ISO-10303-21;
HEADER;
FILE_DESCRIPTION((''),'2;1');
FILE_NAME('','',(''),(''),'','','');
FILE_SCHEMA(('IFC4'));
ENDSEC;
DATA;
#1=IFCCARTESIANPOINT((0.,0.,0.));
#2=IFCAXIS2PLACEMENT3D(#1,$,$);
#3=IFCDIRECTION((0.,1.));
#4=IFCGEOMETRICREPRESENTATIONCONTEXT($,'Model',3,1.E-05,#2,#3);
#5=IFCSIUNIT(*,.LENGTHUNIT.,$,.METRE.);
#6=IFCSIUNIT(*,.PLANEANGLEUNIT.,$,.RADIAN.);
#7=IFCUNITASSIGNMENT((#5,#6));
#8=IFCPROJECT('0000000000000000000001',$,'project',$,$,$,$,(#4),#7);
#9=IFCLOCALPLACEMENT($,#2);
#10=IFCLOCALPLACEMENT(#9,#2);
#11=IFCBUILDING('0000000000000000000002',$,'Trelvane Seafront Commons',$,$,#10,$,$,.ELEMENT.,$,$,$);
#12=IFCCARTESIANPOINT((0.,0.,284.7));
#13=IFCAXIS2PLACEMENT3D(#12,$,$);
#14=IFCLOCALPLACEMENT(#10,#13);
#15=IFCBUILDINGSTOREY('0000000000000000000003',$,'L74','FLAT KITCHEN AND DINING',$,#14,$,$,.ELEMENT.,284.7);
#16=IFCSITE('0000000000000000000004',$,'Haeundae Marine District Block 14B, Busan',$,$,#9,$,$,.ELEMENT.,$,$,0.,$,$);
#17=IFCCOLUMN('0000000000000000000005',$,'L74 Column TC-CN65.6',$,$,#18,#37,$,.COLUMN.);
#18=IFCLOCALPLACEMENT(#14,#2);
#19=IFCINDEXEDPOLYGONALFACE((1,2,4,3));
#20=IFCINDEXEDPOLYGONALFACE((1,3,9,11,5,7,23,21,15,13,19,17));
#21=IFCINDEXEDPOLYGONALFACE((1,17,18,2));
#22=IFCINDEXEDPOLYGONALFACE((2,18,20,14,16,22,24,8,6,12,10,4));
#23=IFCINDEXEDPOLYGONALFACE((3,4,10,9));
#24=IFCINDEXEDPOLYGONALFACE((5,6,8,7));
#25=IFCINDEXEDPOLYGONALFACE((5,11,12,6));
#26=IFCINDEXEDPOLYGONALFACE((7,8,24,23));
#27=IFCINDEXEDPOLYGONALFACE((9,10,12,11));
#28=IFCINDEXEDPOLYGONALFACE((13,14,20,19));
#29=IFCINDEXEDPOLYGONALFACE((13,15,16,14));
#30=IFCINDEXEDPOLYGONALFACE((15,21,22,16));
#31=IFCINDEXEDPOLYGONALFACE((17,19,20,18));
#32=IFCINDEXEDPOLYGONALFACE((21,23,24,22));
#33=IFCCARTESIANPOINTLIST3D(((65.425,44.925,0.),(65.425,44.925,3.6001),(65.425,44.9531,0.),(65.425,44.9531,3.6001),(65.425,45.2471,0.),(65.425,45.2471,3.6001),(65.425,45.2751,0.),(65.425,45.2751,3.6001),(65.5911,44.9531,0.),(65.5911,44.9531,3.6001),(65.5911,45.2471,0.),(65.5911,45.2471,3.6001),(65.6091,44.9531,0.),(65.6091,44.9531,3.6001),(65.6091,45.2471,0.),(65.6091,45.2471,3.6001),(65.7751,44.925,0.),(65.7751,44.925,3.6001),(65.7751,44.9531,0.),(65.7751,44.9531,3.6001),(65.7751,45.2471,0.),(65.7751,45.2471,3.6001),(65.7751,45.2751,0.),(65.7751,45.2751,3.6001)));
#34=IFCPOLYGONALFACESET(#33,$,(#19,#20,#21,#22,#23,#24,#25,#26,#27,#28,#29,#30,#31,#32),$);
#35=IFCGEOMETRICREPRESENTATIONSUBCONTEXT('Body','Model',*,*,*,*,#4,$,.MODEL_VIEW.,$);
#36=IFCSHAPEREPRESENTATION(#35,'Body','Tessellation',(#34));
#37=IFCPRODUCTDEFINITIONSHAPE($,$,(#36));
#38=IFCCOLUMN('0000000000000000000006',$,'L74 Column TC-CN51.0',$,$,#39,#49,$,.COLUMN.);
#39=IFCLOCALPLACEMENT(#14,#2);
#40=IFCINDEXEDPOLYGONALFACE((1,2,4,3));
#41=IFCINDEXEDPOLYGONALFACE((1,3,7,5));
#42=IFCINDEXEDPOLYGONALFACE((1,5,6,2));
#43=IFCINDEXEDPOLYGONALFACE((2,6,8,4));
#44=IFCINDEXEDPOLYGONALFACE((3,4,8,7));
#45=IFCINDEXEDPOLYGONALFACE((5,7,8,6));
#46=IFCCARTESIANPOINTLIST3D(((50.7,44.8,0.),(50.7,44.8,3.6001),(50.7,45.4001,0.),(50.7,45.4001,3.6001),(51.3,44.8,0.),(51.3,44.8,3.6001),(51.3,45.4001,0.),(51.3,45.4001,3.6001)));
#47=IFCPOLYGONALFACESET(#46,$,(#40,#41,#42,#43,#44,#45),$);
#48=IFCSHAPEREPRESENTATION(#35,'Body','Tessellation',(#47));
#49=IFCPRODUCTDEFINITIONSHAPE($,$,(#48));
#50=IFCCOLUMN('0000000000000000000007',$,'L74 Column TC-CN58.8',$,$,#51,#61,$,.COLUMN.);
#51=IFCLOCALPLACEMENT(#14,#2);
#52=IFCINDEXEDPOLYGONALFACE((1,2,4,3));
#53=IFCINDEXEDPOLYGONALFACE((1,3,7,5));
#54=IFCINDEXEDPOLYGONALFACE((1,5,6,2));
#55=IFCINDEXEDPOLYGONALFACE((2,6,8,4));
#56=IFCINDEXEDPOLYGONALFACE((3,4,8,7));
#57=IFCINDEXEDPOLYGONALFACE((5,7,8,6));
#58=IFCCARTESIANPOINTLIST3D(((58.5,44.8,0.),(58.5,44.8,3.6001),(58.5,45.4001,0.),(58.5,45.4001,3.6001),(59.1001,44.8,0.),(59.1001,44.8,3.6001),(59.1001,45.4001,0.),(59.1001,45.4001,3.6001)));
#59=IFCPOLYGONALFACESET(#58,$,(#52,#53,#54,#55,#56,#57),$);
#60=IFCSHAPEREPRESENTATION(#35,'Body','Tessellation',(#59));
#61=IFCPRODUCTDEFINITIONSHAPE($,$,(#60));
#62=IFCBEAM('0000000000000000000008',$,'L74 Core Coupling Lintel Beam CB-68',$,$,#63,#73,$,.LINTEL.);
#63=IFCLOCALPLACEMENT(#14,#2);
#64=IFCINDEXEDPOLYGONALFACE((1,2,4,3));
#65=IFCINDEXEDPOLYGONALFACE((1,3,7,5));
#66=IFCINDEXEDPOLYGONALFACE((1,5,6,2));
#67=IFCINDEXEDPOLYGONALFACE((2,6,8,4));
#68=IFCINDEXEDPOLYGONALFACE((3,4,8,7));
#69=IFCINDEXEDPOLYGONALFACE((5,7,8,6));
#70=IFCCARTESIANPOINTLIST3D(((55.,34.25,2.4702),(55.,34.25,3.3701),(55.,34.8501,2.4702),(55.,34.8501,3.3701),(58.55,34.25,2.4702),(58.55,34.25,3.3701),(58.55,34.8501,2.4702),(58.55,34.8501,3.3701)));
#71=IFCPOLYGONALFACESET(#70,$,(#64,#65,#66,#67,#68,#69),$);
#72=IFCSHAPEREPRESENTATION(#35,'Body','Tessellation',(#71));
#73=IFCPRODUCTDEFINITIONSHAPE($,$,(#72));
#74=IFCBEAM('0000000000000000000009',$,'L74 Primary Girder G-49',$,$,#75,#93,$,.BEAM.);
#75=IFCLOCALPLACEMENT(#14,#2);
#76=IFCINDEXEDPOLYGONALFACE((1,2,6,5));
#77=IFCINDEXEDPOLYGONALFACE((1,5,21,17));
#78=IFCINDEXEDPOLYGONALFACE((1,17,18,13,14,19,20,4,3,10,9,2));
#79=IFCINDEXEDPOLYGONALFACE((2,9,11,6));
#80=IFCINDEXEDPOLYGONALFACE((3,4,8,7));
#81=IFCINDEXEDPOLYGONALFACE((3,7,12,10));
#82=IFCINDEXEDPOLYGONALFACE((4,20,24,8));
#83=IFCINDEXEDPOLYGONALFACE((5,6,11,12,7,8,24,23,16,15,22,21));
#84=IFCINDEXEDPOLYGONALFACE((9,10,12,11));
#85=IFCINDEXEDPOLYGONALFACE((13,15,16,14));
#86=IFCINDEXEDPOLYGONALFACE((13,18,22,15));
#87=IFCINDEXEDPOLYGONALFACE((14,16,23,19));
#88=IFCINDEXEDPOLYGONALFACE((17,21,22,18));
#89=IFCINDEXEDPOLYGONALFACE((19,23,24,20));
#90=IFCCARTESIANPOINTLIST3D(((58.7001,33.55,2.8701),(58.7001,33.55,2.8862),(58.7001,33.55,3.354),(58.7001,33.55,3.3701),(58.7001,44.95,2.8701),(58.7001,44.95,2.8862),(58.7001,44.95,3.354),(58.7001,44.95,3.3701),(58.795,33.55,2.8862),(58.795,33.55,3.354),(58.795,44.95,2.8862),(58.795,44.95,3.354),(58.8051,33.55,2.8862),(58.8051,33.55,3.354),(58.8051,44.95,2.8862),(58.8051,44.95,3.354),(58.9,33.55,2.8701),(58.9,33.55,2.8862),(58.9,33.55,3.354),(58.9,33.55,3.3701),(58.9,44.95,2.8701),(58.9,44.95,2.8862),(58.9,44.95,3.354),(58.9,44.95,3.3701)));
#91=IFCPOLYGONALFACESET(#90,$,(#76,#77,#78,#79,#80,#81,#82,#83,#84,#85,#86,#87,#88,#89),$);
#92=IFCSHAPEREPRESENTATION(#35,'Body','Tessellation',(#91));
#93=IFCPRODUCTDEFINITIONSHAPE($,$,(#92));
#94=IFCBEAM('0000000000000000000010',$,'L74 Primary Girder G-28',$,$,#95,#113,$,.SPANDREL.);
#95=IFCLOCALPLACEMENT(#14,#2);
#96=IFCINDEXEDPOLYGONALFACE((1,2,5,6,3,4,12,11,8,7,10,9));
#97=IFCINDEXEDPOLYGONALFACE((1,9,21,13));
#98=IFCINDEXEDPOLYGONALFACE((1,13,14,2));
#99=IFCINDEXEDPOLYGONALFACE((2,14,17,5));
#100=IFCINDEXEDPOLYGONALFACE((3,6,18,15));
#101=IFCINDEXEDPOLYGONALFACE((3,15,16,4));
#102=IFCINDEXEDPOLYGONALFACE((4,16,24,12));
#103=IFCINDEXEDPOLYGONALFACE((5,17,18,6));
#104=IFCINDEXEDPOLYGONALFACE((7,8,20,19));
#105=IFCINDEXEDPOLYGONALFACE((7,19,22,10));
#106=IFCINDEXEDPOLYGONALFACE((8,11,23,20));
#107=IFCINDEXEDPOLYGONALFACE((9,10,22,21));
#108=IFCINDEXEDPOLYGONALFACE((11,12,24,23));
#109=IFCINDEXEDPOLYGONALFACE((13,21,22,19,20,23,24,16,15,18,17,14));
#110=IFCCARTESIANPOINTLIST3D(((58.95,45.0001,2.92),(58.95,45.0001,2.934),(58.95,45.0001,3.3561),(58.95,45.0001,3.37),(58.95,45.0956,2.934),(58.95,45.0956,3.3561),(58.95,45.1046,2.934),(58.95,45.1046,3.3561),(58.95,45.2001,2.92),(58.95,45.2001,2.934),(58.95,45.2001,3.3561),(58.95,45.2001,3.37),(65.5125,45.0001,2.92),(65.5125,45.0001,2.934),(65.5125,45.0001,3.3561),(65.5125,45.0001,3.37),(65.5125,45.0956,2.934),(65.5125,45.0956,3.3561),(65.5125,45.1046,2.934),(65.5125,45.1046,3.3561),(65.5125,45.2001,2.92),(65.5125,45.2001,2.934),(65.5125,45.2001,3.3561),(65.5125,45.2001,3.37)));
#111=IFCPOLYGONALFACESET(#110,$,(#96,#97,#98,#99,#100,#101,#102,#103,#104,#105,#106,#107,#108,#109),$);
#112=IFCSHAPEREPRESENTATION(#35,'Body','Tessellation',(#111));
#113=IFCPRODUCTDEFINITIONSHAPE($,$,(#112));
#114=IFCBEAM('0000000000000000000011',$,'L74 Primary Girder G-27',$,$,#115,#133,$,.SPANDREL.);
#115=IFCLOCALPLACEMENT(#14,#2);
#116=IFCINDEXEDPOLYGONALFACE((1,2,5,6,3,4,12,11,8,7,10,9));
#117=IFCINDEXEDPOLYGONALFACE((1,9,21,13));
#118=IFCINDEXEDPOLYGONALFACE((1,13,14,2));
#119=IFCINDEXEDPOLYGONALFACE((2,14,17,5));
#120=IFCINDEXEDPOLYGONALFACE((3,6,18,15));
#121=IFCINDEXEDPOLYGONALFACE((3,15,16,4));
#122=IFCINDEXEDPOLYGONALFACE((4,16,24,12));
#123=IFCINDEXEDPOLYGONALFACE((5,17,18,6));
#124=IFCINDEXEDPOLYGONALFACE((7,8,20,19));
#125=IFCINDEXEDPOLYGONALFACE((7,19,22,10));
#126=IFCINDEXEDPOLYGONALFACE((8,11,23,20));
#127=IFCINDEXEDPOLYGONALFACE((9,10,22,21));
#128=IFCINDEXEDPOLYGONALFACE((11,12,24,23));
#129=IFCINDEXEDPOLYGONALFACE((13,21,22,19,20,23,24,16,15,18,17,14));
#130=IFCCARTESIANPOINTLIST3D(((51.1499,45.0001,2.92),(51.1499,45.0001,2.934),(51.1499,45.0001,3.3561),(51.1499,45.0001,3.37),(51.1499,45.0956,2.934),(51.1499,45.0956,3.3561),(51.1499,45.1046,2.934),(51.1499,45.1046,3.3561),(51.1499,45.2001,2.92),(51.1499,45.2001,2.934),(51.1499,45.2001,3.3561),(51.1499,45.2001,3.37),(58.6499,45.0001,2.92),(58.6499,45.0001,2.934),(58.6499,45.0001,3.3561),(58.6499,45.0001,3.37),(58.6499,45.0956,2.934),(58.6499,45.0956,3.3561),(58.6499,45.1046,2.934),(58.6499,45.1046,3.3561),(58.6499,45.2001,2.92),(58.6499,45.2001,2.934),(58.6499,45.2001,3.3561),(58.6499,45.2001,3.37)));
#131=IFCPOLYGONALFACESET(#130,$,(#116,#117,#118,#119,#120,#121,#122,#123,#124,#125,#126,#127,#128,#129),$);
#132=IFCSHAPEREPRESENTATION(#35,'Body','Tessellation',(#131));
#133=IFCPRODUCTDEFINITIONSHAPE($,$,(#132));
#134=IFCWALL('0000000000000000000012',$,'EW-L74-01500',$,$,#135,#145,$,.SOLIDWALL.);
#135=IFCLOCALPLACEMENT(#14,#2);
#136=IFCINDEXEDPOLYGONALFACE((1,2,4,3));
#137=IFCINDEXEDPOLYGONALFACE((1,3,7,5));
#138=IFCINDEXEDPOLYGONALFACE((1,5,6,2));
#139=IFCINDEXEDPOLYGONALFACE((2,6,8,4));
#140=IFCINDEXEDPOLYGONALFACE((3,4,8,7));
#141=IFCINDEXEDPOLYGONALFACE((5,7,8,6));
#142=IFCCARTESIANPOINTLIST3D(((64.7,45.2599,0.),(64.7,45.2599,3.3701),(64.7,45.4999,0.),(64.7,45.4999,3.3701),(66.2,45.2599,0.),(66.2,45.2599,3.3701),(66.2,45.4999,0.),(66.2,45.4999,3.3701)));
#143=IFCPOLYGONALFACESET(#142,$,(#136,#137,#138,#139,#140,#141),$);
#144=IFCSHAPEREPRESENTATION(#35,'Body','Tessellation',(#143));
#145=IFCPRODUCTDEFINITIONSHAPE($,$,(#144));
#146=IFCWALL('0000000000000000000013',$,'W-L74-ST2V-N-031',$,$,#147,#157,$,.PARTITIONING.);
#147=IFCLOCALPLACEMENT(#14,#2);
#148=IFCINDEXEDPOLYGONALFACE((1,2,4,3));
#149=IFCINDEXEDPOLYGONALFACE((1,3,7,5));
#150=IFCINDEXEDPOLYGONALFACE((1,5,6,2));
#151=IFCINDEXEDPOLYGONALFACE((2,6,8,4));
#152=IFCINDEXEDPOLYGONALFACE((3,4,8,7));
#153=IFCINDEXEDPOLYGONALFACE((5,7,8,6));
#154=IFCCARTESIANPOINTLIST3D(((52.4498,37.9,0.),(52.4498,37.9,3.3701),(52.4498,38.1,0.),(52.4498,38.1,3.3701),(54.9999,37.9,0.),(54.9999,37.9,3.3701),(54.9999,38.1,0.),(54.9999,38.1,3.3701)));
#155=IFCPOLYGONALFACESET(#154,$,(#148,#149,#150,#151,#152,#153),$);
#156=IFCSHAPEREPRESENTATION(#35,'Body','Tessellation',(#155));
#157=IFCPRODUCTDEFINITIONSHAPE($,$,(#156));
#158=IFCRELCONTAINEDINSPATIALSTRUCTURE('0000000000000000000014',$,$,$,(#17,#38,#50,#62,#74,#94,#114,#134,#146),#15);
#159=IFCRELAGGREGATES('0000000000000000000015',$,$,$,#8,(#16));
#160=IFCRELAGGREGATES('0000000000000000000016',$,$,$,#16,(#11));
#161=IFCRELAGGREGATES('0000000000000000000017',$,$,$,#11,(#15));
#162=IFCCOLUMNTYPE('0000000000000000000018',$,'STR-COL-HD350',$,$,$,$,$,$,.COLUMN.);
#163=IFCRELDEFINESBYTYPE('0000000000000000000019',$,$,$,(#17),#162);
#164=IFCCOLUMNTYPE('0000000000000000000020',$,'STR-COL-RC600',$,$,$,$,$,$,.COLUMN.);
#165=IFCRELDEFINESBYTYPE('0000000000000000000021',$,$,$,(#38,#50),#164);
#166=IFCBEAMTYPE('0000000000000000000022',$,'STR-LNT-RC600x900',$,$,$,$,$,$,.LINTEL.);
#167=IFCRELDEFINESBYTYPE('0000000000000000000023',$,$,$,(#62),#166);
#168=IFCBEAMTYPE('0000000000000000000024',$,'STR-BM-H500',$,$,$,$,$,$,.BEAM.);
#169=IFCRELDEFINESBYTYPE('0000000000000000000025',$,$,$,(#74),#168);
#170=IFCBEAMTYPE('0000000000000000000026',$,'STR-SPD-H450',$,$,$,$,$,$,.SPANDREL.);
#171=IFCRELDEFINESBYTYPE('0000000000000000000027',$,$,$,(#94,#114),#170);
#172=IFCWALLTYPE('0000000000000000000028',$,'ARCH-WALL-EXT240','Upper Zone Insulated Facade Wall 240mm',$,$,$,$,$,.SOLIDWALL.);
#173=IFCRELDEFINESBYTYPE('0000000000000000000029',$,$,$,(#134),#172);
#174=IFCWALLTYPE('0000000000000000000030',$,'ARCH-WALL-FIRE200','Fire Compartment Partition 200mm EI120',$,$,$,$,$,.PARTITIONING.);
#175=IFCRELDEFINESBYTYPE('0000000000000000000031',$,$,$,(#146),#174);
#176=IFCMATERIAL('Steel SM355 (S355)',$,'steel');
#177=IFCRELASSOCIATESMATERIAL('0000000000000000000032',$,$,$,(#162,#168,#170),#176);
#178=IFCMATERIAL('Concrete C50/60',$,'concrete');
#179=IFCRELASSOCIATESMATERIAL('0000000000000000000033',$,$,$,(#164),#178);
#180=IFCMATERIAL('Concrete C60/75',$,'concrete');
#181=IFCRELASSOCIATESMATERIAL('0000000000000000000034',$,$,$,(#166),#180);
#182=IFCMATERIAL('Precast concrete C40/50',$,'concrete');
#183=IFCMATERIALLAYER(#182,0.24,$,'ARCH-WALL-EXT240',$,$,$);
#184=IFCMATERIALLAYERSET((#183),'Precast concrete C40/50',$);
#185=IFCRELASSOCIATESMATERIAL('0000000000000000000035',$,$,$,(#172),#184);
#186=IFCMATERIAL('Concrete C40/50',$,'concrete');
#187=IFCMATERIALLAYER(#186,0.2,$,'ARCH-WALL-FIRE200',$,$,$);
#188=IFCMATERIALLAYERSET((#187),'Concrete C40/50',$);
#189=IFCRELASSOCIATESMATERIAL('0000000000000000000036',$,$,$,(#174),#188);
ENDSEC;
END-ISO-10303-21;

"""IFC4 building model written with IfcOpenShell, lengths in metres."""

from ifc_helpers import new_model, si_unit, direction, frame, frame_2d, origin, origin_2d, place, context, subcontext, project, spatial, rectangle, i_section, extrude, source, transform, mapped, material, layer, layer_set, material_profile, profile_set, type_object, element, save


model = new_model("IFC4")

# Units and contexts
model_context = context("Model", 3, precision=1e-05, world=origin(), true_north=direction((0.0, 1.0)))
body_context = subcontext(model_context, "Body", "Model", "MODEL_VIEW")
ifc_project = project(units=[si_unit("LENGTHUNIT", "METRE"), si_unit("PLANEANGLEUNIT", "RADIAN")], contexts=[model_context])

# Site, building, storey
site_placement = place(None, origin())
site = spatial("IfcSite", under=ifc_project, at=site_placement, Name="Haeundae Marine District Block 14B, Busan", CompositionType="ELEMENT", RefElevation=0.0)
building_placement = place(site_placement, origin())
building = spatial("IfcBuilding", under=site, at=building_placement, Name="Trelvane Seafront Commons", CompositionType="ELEMENT")
storey_placement = place(building_placement, frame((0.0, 0.0, 284.7)))
storey = spatial("IfcBuildingStorey", under=building, at=storey_placement, Name="L74", Description="FLAT KITCHEN AND DINING", CompositionType="ELEMENT", Elevation=284.7)

# Columns
ifc_material_1 = material(Name="Steel SM355 (S355)", Category="steel")
ifc_material_profile_1 = material_profile(ifc_material_1, i_section(OverallWidth=0.3501, OverallDepth=0.3501, WebThickness=0.0181, FlangeThickness=0.0281, at=origin_2d()), Name="HD-350x350x18x28")
ifc_profile_set_1 = profile_set([ifc_material_profile_1], Name="Steel SM355 (S355)")
column_type_1 = type_object("IfcColumnType", Name="STR-COL-HD350", PredefinedType="COLUMN", material=ifc_profile_set_1)
shared_shape_1 = source(origin(), body_context, "Body", "SweptSolid", [
    extrude(i_section(OverallWidth=0.3501, OverallDepth=0.3501, WebThickness=0.0181, FlangeThickness=0.0281, at=origin_2d()), origin(), (0.0, 0.0, 1.0), 3.6001),
])
column_placement = place(storey_placement, frame((65.6001, 45.1001, 0.0), z_axis=(0.0, 0.0, 1.0), x_axis=(1.0, 0.0, 0.0)))
element("IfcColumn", 1, at=column_placement, inside=storey, type_object=column_type_1, Name="L74 Column TC-CN65.6", PredefinedType="COLUMN", context=body_context, shape_type="MappedRepresentation", body=[
    mapped(shared_shape_1, transform((0.0, 0.0, 0.0), x_axis=(1.0, 0.0, 0.0), y_axis=(0.0, 1.0, 0.0), z_axis=(0.0, 0.0, 1.0), scale=1.0)),
])
ifc_material_2 = material(Name="Concrete C50/60", Category="concrete")
ifc_material_profile_2 = material_profile(ifc_material_2, rectangle(XDim=0.6001, YDim=0.6001, at=origin_2d()), Name="RC-600x600")
ifc_profile_set_2 = profile_set([ifc_material_profile_2], Name="Concrete C50/60")
column_type_2 = type_object("IfcColumnType", Name="STR-COL-RC600", PredefinedType="COLUMN", material=ifc_profile_set_2)
shared_shape_2 = source(origin(), body_context, "Body", "SweptSolid", [
    extrude(rectangle(XDim=0.6001, YDim=0.6001, at=origin_2d()), origin(), (0.0, 0.0, 1.0), 3.6001),
])
for number, where, z_axis, x_axis, name in (
    (2, (51.0, 45.1001, 0.0), (0.0, 0.0, 1.0), (1.0, 0.0, 0.0), "L74 Column TC-CN51.0"),
    (3, (58.8, 45.1001, 0.0), (0.0, 0.0, 1.0), (1.0, 0.0, 0.0), "L74 Column TC-CN58.8"),
):
    element("IfcColumn", number, at=place(storey_placement, frame(where, z_axis=z_axis, x_axis=x_axis)), inside=storey, type_object=column_type_2, Name=name, PredefinedType="COLUMN", context=body_context, shape_type="MappedRepresentation", body=[
        mapped(shared_shape_2, transform((0.0, 0.0, 0.0), x_axis=(1.0, 0.0, 0.0), y_axis=(0.0, 1.0, 0.0), z_axis=(0.0, 0.0, 1.0), scale=1.0)),
    ])

# Beams
ifc_material_3 = material(Name="Concrete C60/75", Category="concrete")
ifc_material_profile_3 = material_profile(ifc_material_3, rectangle(XDim=0.6001, YDim=0.8999, at=origin_2d()), Name="RC-600x900")
ifc_profile_set_3 = profile_set([ifc_material_profile_3], Name="Concrete C60/75")
beam_type_1 = type_object("IfcBeamType", Name="STR-LNT-RC600x900", PredefinedType="LINTEL", material=ifc_profile_set_3)
shared_shape_3 = source(origin(), body_context, "Body", "SweptSolid", [
    extrude(rectangle(XDim=0.6001, YDim=0.8999, at=origin_2d()), origin(), (0.0, 0.0, 1.0), 3.55),
])
beam_1_placement = place(storey_placement, frame((55.0, 34.55, 2.9202), z_axis=(1.0, 0.0, 0.0), x_axis=(0.0, 1.0, 0.0)))
element("IfcBeam", 4, at=beam_1_placement, inside=storey, type_object=beam_type_1, Name="L74 Core Coupling Lintel Beam CB-68", PredefinedType="LINTEL", context=body_context, shape_type="MappedRepresentation", body=[
    mapped(shared_shape_3, transform((0.0, 0.0, 0.0), x_axis=(1.0, 0.0, 0.0), y_axis=(0.0, 1.0, 0.0), z_axis=(0.0, 0.0, 1.0), scale=1.0)),
])
ifc_material_profile_4 = material_profile(ifc_material_1, i_section(OverallWidth=0.2, OverallDepth=0.5, WebThickness=0.01, FlangeThickness=0.0161, at=origin_2d()), Name="H-500x200x10x16")
ifc_profile_set_4 = profile_set([ifc_material_profile_4], Name="Steel SM355 (S355)")
beam_type_2 = type_object("IfcBeamType", Name="STR-BM-H500", PredefinedType="BEAM", material=ifc_profile_set_4)
shared_shape_4 = source(origin(), body_context, "Body", "SweptSolid", [
    extrude(i_section(OverallWidth=0.2, OverallDepth=0.5, WebThickness=0.01, FlangeThickness=0.0161, at=origin_2d()), origin(), (0.0, 0.0, 1.0), 11.3999),
])
beam_2_placement = place(storey_placement, frame((58.8, 33.55, 3.1201), z_axis=(0.0, 1.0, 0.0), x_axis=(-1.0, 0.0, 0.0)))
element("IfcBeam", 5, at=beam_2_placement, inside=storey, type_object=beam_type_2, Name="L74 Primary Girder G-49", PredefinedType="BEAM", context=body_context, shape_type="MappedRepresentation", body=[
    mapped(shared_shape_4, transform((0.0, 0.0, 0.0), x_axis=(1.0, 0.0, 0.0), y_axis=(0.0, 1.0, 0.0), z_axis=(0.0, 0.0, 1.0), scale=1.0)),
])
ifc_material_profile_5 = material_profile(ifc_material_1, i_section(OverallWidth=0.2, OverallDepth=0.45, WebThickness=0.009, FlangeThickness=0.0139, at=origin_2d()), Name="H-450x200x9x14")
ifc_profile_set_5 = profile_set([ifc_material_profile_5], Name="Steel SM355 (S355)")
beam_type_3 = type_object("IfcBeamType", Name="STR-SPD-H450", PredefinedType="SPANDREL", material=ifc_profile_set_5)
shared_shape_5 = source(origin(), body_context, "Body", "SweptSolid", [
    extrude(i_section(OverallWidth=0.2, OverallDepth=0.45, WebThickness=0.009, FlangeThickness=0.0139, at=origin_2d()), origin(), (0.0, 0.0, 1.0), 6.5625),
])
beam_3_placement = place(storey_placement, frame((58.95, 45.1001, 3.145), z_axis=(1.0, 0.0, 0.0), x_axis=(0.0, 1.0, 0.0)))
element("IfcBeam", 6, at=beam_3_placement, inside=storey, type_object=beam_type_3, Name="L74 Primary Girder G-28", PredefinedType="SPANDREL", context=body_context, shape_type="MappedRepresentation", body=[
    mapped(shared_shape_5, transform((0.0, 0.0, 0.0), x_axis=(1.0, 0.0, 0.0), y_axis=(0.0, 1.0, 0.0), z_axis=(0.0, 0.0, 1.0), scale=1.0)),
])
shared_shape_6 = source(origin(), body_context, "Body", "SweptSolid", [
    extrude(i_section(OverallWidth=0.2, OverallDepth=0.45, WebThickness=0.009, FlangeThickness=0.0139, at=origin_2d()), origin(), (0.0, 0.0, 1.0), 7.5),
])
beam_4_placement = place(storey_placement, frame((51.1499, 45.1001, 3.145), z_axis=(1.0, 0.0, 0.0), x_axis=(0.0, 1.0, 0.0)))
element("IfcBeam", 7, at=beam_4_placement, inside=storey, type_object=beam_type_3, Name="L74 Primary Girder G-27", PredefinedType="SPANDREL", context=body_context, shape_type="MappedRepresentation", body=[
    mapped(shared_shape_6, transform((0.0, 0.0, 0.0), x_axis=(1.0, 0.0, 0.0), y_axis=(0.0, 1.0, 0.0), z_axis=(0.0, 0.0, 1.0), scale=1.0)),
])

# Walls
ifc_material_4 = material(Name="Precast concrete C40/50", Category="concrete")
ifc_layer_1 = layer(ifc_material_4, 0.24, Name="ARCH-WALL-EXT240")
ifc_layer_set_1 = layer_set([ifc_layer_1], Name="Precast concrete C40/50")
wall_type_1 = type_object("IfcWallType", Name="ARCH-WALL-EXT240", Description="Upper Zone Insulated Facade Wall 240mm", PredefinedType="SOLIDWALL", material=ifc_layer_set_1)
wall_1_placement = place(storey_placement, frame((64.7, 45.3799, 0.0), z_axis=(0.0, 0.0, 1.0), x_axis=(1.0, 0.0, 0.0)))
element("IfcWall", 8, at=wall_1_placement, inside=storey, type_object=wall_type_1, Name="EW-L74-01500", PredefinedType="SOLIDWALL", context=body_context, shape_type="SweptSolid", body=[
    extrude(rectangle(XDim=1.5, YDim=0.24, at=frame_2d((0.75, 0.0))), origin(), (0.0, 0.0, 1.0), 3.3701),
])
ifc_material_5 = material(Name="Concrete C40/50", Category="concrete")
ifc_layer_2 = layer(ifc_material_5, 0.2, Name="ARCH-WALL-FIRE200")
ifc_layer_set_2 = layer_set([ifc_layer_2], Name="Concrete C40/50")
wall_type_2 = type_object("IfcWallType", Name="ARCH-WALL-FIRE200", Description="Fire Compartment Partition 200mm EI120", PredefinedType="PARTITIONING", material=ifc_layer_set_2)
wall_2_placement = place(storey_placement, frame((52.45, 38.0, 0.0), z_axis=(0.0, 0.0, 1.0), x_axis=(1.0, 0.0, 0.0)))
element("IfcWall", 9, at=wall_2_placement, inside=storey, type_object=wall_type_2, Name="W-L74-ST2V-N-031", PredefinedType="PARTITIONING", context=body_context, shape_type="SweptSolid", body=[
    extrude(rectangle(XDim=2.55, YDim=0.2, at=frame_2d((1.2749, 0.0))), origin(), (0.0, 0.0, 1.0), 3.3701),
])

save(model, "model.ifc")
